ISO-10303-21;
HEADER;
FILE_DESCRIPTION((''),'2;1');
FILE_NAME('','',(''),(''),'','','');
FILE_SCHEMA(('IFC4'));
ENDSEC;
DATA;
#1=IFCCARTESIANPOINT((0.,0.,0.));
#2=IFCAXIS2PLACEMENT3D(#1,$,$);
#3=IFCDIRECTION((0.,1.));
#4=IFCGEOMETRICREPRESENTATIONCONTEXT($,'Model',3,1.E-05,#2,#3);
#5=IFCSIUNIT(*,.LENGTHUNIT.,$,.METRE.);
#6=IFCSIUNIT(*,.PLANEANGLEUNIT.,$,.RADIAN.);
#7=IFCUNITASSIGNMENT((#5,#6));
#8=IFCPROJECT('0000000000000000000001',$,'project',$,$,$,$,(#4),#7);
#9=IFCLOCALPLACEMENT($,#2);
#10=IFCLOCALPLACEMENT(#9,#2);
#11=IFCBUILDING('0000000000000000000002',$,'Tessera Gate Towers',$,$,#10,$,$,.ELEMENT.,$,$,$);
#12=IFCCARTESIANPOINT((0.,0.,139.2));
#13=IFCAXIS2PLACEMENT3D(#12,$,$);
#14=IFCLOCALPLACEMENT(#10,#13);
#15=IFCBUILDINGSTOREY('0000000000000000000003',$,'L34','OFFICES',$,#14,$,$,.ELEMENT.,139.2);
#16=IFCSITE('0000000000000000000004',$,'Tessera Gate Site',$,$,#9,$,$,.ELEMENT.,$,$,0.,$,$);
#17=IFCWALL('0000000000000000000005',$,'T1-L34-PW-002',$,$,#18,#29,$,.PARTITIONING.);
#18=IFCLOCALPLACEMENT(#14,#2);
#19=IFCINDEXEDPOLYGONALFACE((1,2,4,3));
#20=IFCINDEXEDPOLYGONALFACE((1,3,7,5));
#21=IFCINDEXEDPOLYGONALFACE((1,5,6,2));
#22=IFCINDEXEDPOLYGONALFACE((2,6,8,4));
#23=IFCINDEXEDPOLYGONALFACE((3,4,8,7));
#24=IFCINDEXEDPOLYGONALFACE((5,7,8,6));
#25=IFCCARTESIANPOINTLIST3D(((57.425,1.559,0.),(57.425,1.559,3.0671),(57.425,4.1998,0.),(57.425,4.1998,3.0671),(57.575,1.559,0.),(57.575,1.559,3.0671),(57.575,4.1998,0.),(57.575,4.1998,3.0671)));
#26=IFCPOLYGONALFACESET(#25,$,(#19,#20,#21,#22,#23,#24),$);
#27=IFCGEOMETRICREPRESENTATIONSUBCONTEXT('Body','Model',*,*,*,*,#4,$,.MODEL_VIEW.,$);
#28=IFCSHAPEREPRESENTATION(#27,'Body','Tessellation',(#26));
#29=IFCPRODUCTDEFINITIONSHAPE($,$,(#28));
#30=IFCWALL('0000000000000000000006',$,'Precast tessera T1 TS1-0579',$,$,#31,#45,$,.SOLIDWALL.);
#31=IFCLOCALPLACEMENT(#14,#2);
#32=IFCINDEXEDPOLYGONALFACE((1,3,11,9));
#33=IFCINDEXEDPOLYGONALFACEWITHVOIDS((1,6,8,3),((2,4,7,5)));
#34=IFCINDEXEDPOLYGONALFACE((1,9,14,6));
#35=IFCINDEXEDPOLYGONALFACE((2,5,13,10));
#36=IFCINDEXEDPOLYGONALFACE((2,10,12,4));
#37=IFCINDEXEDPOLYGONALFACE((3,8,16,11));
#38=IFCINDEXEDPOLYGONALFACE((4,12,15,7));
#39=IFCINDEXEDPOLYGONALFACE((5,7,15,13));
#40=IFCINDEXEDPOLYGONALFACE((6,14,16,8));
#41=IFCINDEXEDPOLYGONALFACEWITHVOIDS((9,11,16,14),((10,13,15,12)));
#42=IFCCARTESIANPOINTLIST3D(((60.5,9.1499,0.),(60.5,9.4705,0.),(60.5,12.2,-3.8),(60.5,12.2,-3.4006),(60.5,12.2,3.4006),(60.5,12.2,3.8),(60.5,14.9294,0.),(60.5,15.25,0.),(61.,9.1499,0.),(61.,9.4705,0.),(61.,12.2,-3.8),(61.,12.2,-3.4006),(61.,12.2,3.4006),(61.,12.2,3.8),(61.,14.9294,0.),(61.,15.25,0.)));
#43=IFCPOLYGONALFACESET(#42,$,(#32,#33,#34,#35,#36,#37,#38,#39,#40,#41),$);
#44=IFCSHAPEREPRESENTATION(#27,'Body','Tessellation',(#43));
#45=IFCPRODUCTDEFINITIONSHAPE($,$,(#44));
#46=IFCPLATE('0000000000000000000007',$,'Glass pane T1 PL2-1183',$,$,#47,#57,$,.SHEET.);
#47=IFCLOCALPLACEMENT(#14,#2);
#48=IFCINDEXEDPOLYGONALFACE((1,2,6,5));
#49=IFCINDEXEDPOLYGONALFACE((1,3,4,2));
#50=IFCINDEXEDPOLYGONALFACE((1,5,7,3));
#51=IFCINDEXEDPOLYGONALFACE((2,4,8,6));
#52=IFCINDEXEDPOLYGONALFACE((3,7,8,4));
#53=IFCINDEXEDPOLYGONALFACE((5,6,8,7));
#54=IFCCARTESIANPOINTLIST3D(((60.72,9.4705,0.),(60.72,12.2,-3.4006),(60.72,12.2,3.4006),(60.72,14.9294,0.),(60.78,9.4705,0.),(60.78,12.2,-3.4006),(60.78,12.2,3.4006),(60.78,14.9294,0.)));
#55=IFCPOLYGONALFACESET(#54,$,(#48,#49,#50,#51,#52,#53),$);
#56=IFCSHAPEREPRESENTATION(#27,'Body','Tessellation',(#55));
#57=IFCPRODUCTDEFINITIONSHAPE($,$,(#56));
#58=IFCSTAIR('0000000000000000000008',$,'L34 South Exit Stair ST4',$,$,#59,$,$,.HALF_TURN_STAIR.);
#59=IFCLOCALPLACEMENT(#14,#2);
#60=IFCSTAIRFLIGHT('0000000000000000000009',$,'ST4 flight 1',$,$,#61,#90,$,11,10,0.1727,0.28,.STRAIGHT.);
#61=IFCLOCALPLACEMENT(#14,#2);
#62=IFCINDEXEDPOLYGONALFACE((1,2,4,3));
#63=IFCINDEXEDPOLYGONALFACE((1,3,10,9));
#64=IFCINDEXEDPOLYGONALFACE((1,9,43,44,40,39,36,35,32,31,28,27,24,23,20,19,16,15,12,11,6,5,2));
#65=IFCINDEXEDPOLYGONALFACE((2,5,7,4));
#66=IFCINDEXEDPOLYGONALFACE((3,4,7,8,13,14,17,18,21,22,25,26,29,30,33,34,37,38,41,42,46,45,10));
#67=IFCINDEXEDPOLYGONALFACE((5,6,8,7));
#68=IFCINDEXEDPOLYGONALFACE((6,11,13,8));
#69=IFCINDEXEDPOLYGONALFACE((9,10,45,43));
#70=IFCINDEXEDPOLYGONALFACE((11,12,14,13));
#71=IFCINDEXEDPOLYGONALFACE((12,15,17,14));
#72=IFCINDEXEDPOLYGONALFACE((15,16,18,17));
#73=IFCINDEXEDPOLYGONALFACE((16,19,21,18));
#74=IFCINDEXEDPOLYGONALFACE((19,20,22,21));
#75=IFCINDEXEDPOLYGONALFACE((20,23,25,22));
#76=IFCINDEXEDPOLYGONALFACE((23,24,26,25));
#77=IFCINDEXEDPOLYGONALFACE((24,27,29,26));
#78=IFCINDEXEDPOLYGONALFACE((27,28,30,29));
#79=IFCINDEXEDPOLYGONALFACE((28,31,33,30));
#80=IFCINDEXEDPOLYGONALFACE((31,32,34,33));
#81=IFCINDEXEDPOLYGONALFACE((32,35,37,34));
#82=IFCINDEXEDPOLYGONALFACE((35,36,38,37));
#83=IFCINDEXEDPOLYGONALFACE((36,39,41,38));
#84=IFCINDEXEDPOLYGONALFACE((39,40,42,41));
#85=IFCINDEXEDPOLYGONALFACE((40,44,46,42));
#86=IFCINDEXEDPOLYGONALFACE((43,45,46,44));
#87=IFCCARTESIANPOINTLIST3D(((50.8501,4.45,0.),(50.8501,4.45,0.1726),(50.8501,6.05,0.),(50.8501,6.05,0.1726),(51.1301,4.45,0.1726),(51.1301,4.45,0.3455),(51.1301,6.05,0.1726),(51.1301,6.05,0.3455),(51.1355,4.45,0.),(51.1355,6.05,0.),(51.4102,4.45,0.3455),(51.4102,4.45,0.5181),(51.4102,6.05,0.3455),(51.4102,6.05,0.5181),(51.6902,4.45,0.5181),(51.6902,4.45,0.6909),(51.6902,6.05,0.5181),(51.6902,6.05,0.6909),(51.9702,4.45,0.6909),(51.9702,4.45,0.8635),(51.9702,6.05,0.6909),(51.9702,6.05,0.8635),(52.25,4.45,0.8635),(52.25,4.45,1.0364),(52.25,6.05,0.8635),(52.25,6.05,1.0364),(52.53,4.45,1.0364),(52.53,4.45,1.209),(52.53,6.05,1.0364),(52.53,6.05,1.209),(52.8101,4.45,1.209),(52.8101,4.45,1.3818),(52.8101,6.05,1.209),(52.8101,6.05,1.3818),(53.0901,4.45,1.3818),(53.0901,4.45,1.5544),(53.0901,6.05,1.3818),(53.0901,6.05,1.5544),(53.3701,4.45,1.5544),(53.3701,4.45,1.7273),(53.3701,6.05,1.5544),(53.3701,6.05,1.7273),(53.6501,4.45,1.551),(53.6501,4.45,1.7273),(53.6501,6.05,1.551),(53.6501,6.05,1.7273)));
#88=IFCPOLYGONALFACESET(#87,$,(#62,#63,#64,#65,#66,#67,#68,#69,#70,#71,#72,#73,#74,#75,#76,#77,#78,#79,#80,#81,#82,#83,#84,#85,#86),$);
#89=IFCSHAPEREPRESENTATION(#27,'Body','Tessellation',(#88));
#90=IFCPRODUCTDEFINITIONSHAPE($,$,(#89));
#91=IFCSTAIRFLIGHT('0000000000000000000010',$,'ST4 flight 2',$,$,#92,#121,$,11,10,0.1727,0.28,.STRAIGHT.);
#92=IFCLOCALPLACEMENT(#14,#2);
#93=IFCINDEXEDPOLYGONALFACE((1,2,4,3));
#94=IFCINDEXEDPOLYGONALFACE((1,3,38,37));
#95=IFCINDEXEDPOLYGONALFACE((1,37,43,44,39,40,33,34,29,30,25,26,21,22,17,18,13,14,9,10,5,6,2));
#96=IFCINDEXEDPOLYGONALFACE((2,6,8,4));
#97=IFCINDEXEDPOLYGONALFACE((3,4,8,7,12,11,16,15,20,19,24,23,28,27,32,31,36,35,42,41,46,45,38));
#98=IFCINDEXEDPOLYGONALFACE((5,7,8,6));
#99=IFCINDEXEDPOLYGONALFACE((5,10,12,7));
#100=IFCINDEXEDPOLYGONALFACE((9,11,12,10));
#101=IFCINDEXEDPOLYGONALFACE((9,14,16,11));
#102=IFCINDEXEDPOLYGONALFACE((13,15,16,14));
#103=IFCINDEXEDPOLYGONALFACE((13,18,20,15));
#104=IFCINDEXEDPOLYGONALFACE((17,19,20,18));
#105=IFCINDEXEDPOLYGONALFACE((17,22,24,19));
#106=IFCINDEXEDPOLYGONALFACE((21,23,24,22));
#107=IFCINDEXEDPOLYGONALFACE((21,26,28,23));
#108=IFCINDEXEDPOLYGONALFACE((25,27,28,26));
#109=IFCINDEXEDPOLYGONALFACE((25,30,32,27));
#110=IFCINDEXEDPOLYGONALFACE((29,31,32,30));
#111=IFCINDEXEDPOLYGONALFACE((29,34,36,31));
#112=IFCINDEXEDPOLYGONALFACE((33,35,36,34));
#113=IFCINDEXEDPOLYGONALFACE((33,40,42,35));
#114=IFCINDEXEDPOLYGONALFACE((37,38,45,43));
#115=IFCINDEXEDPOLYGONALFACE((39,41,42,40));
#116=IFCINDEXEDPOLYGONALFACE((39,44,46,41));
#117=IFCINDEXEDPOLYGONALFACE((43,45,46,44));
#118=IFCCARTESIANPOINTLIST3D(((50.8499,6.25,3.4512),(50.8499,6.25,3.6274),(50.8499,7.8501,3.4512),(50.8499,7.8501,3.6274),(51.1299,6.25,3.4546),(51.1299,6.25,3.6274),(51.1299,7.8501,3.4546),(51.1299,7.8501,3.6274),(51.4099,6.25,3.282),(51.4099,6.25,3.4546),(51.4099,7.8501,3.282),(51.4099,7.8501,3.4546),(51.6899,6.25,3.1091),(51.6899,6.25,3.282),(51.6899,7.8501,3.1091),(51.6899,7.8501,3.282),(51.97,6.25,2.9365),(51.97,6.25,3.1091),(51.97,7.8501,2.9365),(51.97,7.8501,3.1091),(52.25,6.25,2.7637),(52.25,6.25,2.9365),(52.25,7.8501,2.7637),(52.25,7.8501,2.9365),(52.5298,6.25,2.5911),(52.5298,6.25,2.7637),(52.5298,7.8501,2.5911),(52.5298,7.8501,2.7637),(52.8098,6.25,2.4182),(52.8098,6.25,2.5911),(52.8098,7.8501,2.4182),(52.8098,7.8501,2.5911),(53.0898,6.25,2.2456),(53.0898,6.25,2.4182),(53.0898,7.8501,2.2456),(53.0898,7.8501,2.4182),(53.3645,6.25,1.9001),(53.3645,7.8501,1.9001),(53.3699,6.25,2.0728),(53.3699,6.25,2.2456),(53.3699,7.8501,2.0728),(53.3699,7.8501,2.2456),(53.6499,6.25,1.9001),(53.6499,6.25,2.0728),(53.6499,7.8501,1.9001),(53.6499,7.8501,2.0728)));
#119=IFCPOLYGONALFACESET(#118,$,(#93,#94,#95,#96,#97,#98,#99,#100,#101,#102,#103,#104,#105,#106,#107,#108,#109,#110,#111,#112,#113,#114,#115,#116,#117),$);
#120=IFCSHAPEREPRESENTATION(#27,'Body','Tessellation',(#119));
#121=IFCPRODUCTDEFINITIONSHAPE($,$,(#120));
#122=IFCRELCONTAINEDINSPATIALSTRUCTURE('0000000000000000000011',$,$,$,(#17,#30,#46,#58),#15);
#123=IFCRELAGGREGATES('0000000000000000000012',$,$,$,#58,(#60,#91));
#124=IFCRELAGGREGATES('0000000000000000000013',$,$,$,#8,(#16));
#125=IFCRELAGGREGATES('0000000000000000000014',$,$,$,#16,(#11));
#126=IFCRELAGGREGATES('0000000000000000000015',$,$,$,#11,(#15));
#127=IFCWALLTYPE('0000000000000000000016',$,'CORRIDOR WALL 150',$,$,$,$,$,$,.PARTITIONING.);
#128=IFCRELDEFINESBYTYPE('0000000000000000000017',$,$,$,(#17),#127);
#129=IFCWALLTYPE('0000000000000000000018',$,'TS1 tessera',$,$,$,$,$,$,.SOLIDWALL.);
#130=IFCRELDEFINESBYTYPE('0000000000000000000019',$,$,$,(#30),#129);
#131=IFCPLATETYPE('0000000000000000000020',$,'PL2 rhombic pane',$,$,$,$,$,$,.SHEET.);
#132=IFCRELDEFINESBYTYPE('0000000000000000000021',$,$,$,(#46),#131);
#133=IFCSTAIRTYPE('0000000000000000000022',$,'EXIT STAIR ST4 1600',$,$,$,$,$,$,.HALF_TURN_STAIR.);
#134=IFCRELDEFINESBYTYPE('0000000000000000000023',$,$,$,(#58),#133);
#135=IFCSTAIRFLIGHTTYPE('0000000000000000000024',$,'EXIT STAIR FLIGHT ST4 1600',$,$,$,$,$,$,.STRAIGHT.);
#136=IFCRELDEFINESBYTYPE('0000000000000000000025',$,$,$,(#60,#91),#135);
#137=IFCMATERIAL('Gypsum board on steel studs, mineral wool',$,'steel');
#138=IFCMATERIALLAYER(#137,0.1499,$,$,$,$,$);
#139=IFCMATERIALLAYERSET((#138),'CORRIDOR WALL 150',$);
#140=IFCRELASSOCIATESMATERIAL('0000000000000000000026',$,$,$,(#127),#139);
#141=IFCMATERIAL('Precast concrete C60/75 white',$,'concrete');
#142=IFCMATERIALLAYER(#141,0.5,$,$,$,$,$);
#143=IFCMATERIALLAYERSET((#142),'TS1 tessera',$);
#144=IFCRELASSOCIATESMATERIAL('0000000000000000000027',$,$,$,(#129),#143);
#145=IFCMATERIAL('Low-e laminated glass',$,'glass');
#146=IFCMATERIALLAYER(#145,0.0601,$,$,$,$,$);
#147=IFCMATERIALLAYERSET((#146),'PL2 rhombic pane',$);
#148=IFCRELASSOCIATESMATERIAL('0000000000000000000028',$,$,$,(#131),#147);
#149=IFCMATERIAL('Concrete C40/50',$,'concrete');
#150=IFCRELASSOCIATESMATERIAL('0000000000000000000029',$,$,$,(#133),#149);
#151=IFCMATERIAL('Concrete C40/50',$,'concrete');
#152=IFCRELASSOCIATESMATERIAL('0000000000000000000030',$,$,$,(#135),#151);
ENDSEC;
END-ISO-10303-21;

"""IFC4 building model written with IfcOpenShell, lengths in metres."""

from ifc_helpers import new_model, si_unit, direction, frame, frame_2d, origin, place, context, subcontext, project, spatial, polyline, rectangle, outline, extrude, source, transform, mapped, material, layer, layer_set, type_object, element, fill, aggregate, save


model = new_model("IFC4")

# Units and contexts
model_context = context("Model", 3, precision=1e-05, world=origin(), true_north=direction((0.0, 1.0)))
body_context = subcontext(model_context, "Body", "Model", "MODEL_VIEW")
ifc_project = project(units=[si_unit("LENGTHUNIT", "METRE"), si_unit("PLANEANGLEUNIT", "RADIAN")], contexts=[model_context])

# Site, building, storey
site_placement = place(None, origin())
site = spatial("IfcSite", under=ifc_project, at=site_placement, Name="Tessera Gate Site", CompositionType="ELEMENT", RefElevation=0.0)
building_placement = place(site_placement, origin())
building = spatial("IfcBuilding", under=site, at=building_placement, Name="Tessera Gate Towers", CompositionType="ELEMENT")
storey_placement = place(building_placement, frame((0.0, 0.0, 139.2)))
storey = spatial("IfcBuildingStorey", under=building, at=storey_placement, Name="L34", Description="OFFICES", CompositionType="ELEMENT", Elevation=139.2)

# Wall
ifc_material_1 = material(Name="Gypsum board on steel studs, mineral wool", Category="steel")
ifc_layer_1 = layer(ifc_material_1, 0.1499)
ifc_layer_set_1 = layer_set([ifc_layer_1], Name="CORRIDOR WALL 150")
wall_type_1 = type_object("IfcWallType", Name="CORRIDOR WALL 150", PredefinedType="PARTITIONING", material=ifc_layer_set_1)
wall_1_placement = place(storey_placement, frame((57.5, 1.5591, 0.0), z_axis=(0.0, 0.0, 1.0), x_axis=(0.0, 1.0, 0.0)))
element("IfcWall", 1, at=wall_1_placement, inside=storey, type_object=wall_type_1, Name="T1-L34-PW-002", PredefinedType="PARTITIONING", context=body_context, shape_type="SweptSolid", body=[
    extrude(rectangle(XDim=2.6409, YDim=0.1499, at=frame_2d((1.3203, 0.0))), origin(), (0.0, 0.0, 1.0), 3.0671),
])

# Wall, opening, plate
ifc_material_2 = material(Name="Precast concrete C60/75 white", Category="concrete")
ifc_layer_2 = layer(ifc_material_2, 0.5)
ifc_layer_set_2 = layer_set([ifc_layer_2], Name="TS1 tessera")
wall_type_2 = type_object("IfcWallType", Name="TS1 tessera", PredefinedType="SOLIDWALL", material=ifc_layer_set_2)
shared_shape_1 = source(origin(), body_context, "Body", "SweptSolid", [
    extrude(outline(polyline([(3.05, 0.0), (6.1001, 3.8), (3.05, 7.6001), (0.0, 3.8), (3.05, 0.0)])), frame((0.0, 0.25, 0.0), z_axis=(0.0, -1.0, 0.0), x_axis=(1.0, 0.0, 0.0)), (0.0, 0.0, 1.0), 0.5),
])
wall_2_placement = place(storey_placement, frame((60.75, 9.1499, -3.8), z_axis=(0.0, 0.0, 1.0), x_axis=(0.0, 1.0, 0.0)))
wall_2 = element("IfcWall", 2, at=wall_2_placement, inside=storey, type_object=wall_type_2, Name="Precast tessera T1 TS1-0579", PredefinedType="SOLIDWALL", context=body_context, shape_type="MappedRepresentation", body=[
    mapped(shared_shape_1, transform((0.0, 0.0, 0.0), scale=1.0)),
])
shared_shape_2 = source(origin(), body_context, "Body", "SweptSolid", [
    extrude(outline(polyline([(3.05, 0.3994), (5.7795, 3.8), (3.05, 7.2007), (0.3206, 3.8), (3.05, 0.3994)])), frame((0.0, 0.26, 0.0), z_axis=(0.0, -1.0, 0.0), x_axis=(1.0, 0.0, 0.0)), (0.0, 0.0, 1.0), 0.52),
])
opening_1_placement = place(wall_2_placement, origin())
opening_1 = element("IfcOpeningElement", 3, at=opening_1_placement, cuts=wall_2, PredefinedType="OPENING", context=body_context, shape_type="MappedRepresentation", body=[
    mapped(shared_shape_2, transform((0.0, 0.0, 0.0), scale=1.0)),
])
ifc_material_3 = material(Name="Low-e laminated glass", Category="glass")
ifc_layer_3 = layer(ifc_material_3, 0.0601)
ifc_layer_set_3 = layer_set([ifc_layer_3], Name="PL2 rhombic pane")
plate_type = type_object("IfcPlateType", Name="PL2 rhombic pane", PredefinedType="SHEET", material=ifc_layer_set_3)
shared_shape_3 = source(origin(), body_context, "Body", "SweptSolid", [
    extrude(outline(polyline([(3.05, 0.3994), (5.7795, 3.8), (3.05, 7.2007), (0.3206, 3.8), (3.05, 0.3994)])), frame((0.0, 0.03, 0.0), z_axis=(0.0, -1.0, 0.0), x_axis=(1.0, 0.0, 0.0)), (0.0, 0.0, 1.0), 0.0601),
])
plate_placement = place(opening_1_placement, origin())
plate = element("IfcPlate", 4, at=plate_placement, inside=storey, type_object=plate_type, Name="Glass pane T1 PL2-1183", PredefinedType="SHEET", context=body_context, shape_type="MappedRepresentation", body=[
    mapped(shared_shape_3, transform((0.0, 0.0, 0.0), scale=1.0)),
])
fill(opening_1, plate)

# Stair, stair flights
ifc_material_4 = material(Name="Concrete C40/50", Category="concrete")
stair_type = type_object("IfcStairType", Name="EXIT STAIR ST4 1600", PredefinedType="HALF_TURN_STAIR", material=ifc_material_4)
stair_placement = place(storey_placement, origin())
stair = element("IfcStair", 5, at=stair_placement, inside=storey, type_object=stair_type, Name="L34 South Exit Stair ST4", PredefinedType="HALF_TURN_STAIR")
ifc_material_5 = material(Name="Concrete C40/50", Category="concrete")
stair_flight_type = type_object("IfcStairFlightType", Name="EXIT STAIR FLIGHT ST4 1600", PredefinedType="STRAIGHT", material=ifc_material_5)
stair_flight_1_placement = place(storey_placement, frame((50.8501, 5.25, 0.0), z_axis=(0.0, 0.0, 1.0), x_axis=(1.0, 0.0, 0.0)))
stair_flight_1 = element("IfcStairFlight", 6, at=stair_flight_1_placement, type_object=stair_flight_type, Name="ST4 flight 1", NumberOfRisers=11, NumberOfTreads=10, PredefinedType="STRAIGHT", RiserHeight=0.1727, TreadLength=0.28, context=body_context, shape_type="SweptSolid", body=[
    extrude(outline(polyline([(0.0, 0.0), (0.0, 0.1726), (0.28, 0.1726), (0.28, 0.3455), (0.5601, 0.3455), (0.5601, 0.5181), (0.8401, 0.5181), (0.8401, 0.6909), (1.1201, 0.6909), (1.1201, 0.8635), (1.3999, 0.8635), (1.3999, 1.0364), (1.6799, 1.0364), (1.6799, 1.209), (1.96, 1.209), (1.96, 1.3818), (2.24, 1.3818), (2.24, 1.5544), (2.52, 1.5544), (2.52, 1.7273), (2.8, 1.7273), (2.8, 1.8999), (2.8, 1.551), (0.2854, 0.0), (0.0, 0.0)])), frame((0.0, 0.8, 0.0), z_axis=(0.0, -1.0, 0.0), x_axis=(1.0, 0.0, 0.0)), (0.0, 0.0, 1.0), 1.6001),
])
stair_flight_2_placement = place(storey_placement, frame((53.6499, 7.05, 1.9001), z_axis=(0.0, 0.0, 1.0), x_axis=(-1.0, 0.0, 0.0)))
stair_flight_2 = element("IfcStairFlight", 7, at=stair_flight_2_placement, type_object=stair_flight_type, Name="ST4 flight 2", NumberOfRisers=11, NumberOfTreads=10, PredefinedType="STRAIGHT", RiserHeight=0.1727, TreadLength=0.28, context=body_context, shape_type="SweptSolid", body=[
    extrude(outline(polyline([(0.0, 0.0), (0.0, 0.1726), (0.28, 0.1726), (0.28, 0.3455), (0.5601, 0.3455), (0.5601, 0.5181), (0.8401, 0.5181), (0.8401, 0.6909), (1.1201, 0.6909), (1.1201, 0.8635), (1.3999, 0.8635), (1.3999, 1.0364), (1.6799, 1.0364), (1.6799, 1.209), (1.96, 1.209), (1.96, 1.3818), (2.24, 1.3818), (2.24, 1.5544), (2.52, 1.5544), (2.52, 1.7273), (2.8, 1.7273), (2.8, 1.8999), (2.8, 1.551), (0.2854, 0.0), (0.0, 0.0)])), frame((0.0, 0.8, 0.0), z_axis=(0.0, -1.0, 0.0), x_axis=(1.0, 0.0, 0.0)), (0.0, 0.0, 1.0), 1.6001),
])
aggregate(stair, [stair_flight_1, stair_flight_2])

save(model, "model.ifc")
